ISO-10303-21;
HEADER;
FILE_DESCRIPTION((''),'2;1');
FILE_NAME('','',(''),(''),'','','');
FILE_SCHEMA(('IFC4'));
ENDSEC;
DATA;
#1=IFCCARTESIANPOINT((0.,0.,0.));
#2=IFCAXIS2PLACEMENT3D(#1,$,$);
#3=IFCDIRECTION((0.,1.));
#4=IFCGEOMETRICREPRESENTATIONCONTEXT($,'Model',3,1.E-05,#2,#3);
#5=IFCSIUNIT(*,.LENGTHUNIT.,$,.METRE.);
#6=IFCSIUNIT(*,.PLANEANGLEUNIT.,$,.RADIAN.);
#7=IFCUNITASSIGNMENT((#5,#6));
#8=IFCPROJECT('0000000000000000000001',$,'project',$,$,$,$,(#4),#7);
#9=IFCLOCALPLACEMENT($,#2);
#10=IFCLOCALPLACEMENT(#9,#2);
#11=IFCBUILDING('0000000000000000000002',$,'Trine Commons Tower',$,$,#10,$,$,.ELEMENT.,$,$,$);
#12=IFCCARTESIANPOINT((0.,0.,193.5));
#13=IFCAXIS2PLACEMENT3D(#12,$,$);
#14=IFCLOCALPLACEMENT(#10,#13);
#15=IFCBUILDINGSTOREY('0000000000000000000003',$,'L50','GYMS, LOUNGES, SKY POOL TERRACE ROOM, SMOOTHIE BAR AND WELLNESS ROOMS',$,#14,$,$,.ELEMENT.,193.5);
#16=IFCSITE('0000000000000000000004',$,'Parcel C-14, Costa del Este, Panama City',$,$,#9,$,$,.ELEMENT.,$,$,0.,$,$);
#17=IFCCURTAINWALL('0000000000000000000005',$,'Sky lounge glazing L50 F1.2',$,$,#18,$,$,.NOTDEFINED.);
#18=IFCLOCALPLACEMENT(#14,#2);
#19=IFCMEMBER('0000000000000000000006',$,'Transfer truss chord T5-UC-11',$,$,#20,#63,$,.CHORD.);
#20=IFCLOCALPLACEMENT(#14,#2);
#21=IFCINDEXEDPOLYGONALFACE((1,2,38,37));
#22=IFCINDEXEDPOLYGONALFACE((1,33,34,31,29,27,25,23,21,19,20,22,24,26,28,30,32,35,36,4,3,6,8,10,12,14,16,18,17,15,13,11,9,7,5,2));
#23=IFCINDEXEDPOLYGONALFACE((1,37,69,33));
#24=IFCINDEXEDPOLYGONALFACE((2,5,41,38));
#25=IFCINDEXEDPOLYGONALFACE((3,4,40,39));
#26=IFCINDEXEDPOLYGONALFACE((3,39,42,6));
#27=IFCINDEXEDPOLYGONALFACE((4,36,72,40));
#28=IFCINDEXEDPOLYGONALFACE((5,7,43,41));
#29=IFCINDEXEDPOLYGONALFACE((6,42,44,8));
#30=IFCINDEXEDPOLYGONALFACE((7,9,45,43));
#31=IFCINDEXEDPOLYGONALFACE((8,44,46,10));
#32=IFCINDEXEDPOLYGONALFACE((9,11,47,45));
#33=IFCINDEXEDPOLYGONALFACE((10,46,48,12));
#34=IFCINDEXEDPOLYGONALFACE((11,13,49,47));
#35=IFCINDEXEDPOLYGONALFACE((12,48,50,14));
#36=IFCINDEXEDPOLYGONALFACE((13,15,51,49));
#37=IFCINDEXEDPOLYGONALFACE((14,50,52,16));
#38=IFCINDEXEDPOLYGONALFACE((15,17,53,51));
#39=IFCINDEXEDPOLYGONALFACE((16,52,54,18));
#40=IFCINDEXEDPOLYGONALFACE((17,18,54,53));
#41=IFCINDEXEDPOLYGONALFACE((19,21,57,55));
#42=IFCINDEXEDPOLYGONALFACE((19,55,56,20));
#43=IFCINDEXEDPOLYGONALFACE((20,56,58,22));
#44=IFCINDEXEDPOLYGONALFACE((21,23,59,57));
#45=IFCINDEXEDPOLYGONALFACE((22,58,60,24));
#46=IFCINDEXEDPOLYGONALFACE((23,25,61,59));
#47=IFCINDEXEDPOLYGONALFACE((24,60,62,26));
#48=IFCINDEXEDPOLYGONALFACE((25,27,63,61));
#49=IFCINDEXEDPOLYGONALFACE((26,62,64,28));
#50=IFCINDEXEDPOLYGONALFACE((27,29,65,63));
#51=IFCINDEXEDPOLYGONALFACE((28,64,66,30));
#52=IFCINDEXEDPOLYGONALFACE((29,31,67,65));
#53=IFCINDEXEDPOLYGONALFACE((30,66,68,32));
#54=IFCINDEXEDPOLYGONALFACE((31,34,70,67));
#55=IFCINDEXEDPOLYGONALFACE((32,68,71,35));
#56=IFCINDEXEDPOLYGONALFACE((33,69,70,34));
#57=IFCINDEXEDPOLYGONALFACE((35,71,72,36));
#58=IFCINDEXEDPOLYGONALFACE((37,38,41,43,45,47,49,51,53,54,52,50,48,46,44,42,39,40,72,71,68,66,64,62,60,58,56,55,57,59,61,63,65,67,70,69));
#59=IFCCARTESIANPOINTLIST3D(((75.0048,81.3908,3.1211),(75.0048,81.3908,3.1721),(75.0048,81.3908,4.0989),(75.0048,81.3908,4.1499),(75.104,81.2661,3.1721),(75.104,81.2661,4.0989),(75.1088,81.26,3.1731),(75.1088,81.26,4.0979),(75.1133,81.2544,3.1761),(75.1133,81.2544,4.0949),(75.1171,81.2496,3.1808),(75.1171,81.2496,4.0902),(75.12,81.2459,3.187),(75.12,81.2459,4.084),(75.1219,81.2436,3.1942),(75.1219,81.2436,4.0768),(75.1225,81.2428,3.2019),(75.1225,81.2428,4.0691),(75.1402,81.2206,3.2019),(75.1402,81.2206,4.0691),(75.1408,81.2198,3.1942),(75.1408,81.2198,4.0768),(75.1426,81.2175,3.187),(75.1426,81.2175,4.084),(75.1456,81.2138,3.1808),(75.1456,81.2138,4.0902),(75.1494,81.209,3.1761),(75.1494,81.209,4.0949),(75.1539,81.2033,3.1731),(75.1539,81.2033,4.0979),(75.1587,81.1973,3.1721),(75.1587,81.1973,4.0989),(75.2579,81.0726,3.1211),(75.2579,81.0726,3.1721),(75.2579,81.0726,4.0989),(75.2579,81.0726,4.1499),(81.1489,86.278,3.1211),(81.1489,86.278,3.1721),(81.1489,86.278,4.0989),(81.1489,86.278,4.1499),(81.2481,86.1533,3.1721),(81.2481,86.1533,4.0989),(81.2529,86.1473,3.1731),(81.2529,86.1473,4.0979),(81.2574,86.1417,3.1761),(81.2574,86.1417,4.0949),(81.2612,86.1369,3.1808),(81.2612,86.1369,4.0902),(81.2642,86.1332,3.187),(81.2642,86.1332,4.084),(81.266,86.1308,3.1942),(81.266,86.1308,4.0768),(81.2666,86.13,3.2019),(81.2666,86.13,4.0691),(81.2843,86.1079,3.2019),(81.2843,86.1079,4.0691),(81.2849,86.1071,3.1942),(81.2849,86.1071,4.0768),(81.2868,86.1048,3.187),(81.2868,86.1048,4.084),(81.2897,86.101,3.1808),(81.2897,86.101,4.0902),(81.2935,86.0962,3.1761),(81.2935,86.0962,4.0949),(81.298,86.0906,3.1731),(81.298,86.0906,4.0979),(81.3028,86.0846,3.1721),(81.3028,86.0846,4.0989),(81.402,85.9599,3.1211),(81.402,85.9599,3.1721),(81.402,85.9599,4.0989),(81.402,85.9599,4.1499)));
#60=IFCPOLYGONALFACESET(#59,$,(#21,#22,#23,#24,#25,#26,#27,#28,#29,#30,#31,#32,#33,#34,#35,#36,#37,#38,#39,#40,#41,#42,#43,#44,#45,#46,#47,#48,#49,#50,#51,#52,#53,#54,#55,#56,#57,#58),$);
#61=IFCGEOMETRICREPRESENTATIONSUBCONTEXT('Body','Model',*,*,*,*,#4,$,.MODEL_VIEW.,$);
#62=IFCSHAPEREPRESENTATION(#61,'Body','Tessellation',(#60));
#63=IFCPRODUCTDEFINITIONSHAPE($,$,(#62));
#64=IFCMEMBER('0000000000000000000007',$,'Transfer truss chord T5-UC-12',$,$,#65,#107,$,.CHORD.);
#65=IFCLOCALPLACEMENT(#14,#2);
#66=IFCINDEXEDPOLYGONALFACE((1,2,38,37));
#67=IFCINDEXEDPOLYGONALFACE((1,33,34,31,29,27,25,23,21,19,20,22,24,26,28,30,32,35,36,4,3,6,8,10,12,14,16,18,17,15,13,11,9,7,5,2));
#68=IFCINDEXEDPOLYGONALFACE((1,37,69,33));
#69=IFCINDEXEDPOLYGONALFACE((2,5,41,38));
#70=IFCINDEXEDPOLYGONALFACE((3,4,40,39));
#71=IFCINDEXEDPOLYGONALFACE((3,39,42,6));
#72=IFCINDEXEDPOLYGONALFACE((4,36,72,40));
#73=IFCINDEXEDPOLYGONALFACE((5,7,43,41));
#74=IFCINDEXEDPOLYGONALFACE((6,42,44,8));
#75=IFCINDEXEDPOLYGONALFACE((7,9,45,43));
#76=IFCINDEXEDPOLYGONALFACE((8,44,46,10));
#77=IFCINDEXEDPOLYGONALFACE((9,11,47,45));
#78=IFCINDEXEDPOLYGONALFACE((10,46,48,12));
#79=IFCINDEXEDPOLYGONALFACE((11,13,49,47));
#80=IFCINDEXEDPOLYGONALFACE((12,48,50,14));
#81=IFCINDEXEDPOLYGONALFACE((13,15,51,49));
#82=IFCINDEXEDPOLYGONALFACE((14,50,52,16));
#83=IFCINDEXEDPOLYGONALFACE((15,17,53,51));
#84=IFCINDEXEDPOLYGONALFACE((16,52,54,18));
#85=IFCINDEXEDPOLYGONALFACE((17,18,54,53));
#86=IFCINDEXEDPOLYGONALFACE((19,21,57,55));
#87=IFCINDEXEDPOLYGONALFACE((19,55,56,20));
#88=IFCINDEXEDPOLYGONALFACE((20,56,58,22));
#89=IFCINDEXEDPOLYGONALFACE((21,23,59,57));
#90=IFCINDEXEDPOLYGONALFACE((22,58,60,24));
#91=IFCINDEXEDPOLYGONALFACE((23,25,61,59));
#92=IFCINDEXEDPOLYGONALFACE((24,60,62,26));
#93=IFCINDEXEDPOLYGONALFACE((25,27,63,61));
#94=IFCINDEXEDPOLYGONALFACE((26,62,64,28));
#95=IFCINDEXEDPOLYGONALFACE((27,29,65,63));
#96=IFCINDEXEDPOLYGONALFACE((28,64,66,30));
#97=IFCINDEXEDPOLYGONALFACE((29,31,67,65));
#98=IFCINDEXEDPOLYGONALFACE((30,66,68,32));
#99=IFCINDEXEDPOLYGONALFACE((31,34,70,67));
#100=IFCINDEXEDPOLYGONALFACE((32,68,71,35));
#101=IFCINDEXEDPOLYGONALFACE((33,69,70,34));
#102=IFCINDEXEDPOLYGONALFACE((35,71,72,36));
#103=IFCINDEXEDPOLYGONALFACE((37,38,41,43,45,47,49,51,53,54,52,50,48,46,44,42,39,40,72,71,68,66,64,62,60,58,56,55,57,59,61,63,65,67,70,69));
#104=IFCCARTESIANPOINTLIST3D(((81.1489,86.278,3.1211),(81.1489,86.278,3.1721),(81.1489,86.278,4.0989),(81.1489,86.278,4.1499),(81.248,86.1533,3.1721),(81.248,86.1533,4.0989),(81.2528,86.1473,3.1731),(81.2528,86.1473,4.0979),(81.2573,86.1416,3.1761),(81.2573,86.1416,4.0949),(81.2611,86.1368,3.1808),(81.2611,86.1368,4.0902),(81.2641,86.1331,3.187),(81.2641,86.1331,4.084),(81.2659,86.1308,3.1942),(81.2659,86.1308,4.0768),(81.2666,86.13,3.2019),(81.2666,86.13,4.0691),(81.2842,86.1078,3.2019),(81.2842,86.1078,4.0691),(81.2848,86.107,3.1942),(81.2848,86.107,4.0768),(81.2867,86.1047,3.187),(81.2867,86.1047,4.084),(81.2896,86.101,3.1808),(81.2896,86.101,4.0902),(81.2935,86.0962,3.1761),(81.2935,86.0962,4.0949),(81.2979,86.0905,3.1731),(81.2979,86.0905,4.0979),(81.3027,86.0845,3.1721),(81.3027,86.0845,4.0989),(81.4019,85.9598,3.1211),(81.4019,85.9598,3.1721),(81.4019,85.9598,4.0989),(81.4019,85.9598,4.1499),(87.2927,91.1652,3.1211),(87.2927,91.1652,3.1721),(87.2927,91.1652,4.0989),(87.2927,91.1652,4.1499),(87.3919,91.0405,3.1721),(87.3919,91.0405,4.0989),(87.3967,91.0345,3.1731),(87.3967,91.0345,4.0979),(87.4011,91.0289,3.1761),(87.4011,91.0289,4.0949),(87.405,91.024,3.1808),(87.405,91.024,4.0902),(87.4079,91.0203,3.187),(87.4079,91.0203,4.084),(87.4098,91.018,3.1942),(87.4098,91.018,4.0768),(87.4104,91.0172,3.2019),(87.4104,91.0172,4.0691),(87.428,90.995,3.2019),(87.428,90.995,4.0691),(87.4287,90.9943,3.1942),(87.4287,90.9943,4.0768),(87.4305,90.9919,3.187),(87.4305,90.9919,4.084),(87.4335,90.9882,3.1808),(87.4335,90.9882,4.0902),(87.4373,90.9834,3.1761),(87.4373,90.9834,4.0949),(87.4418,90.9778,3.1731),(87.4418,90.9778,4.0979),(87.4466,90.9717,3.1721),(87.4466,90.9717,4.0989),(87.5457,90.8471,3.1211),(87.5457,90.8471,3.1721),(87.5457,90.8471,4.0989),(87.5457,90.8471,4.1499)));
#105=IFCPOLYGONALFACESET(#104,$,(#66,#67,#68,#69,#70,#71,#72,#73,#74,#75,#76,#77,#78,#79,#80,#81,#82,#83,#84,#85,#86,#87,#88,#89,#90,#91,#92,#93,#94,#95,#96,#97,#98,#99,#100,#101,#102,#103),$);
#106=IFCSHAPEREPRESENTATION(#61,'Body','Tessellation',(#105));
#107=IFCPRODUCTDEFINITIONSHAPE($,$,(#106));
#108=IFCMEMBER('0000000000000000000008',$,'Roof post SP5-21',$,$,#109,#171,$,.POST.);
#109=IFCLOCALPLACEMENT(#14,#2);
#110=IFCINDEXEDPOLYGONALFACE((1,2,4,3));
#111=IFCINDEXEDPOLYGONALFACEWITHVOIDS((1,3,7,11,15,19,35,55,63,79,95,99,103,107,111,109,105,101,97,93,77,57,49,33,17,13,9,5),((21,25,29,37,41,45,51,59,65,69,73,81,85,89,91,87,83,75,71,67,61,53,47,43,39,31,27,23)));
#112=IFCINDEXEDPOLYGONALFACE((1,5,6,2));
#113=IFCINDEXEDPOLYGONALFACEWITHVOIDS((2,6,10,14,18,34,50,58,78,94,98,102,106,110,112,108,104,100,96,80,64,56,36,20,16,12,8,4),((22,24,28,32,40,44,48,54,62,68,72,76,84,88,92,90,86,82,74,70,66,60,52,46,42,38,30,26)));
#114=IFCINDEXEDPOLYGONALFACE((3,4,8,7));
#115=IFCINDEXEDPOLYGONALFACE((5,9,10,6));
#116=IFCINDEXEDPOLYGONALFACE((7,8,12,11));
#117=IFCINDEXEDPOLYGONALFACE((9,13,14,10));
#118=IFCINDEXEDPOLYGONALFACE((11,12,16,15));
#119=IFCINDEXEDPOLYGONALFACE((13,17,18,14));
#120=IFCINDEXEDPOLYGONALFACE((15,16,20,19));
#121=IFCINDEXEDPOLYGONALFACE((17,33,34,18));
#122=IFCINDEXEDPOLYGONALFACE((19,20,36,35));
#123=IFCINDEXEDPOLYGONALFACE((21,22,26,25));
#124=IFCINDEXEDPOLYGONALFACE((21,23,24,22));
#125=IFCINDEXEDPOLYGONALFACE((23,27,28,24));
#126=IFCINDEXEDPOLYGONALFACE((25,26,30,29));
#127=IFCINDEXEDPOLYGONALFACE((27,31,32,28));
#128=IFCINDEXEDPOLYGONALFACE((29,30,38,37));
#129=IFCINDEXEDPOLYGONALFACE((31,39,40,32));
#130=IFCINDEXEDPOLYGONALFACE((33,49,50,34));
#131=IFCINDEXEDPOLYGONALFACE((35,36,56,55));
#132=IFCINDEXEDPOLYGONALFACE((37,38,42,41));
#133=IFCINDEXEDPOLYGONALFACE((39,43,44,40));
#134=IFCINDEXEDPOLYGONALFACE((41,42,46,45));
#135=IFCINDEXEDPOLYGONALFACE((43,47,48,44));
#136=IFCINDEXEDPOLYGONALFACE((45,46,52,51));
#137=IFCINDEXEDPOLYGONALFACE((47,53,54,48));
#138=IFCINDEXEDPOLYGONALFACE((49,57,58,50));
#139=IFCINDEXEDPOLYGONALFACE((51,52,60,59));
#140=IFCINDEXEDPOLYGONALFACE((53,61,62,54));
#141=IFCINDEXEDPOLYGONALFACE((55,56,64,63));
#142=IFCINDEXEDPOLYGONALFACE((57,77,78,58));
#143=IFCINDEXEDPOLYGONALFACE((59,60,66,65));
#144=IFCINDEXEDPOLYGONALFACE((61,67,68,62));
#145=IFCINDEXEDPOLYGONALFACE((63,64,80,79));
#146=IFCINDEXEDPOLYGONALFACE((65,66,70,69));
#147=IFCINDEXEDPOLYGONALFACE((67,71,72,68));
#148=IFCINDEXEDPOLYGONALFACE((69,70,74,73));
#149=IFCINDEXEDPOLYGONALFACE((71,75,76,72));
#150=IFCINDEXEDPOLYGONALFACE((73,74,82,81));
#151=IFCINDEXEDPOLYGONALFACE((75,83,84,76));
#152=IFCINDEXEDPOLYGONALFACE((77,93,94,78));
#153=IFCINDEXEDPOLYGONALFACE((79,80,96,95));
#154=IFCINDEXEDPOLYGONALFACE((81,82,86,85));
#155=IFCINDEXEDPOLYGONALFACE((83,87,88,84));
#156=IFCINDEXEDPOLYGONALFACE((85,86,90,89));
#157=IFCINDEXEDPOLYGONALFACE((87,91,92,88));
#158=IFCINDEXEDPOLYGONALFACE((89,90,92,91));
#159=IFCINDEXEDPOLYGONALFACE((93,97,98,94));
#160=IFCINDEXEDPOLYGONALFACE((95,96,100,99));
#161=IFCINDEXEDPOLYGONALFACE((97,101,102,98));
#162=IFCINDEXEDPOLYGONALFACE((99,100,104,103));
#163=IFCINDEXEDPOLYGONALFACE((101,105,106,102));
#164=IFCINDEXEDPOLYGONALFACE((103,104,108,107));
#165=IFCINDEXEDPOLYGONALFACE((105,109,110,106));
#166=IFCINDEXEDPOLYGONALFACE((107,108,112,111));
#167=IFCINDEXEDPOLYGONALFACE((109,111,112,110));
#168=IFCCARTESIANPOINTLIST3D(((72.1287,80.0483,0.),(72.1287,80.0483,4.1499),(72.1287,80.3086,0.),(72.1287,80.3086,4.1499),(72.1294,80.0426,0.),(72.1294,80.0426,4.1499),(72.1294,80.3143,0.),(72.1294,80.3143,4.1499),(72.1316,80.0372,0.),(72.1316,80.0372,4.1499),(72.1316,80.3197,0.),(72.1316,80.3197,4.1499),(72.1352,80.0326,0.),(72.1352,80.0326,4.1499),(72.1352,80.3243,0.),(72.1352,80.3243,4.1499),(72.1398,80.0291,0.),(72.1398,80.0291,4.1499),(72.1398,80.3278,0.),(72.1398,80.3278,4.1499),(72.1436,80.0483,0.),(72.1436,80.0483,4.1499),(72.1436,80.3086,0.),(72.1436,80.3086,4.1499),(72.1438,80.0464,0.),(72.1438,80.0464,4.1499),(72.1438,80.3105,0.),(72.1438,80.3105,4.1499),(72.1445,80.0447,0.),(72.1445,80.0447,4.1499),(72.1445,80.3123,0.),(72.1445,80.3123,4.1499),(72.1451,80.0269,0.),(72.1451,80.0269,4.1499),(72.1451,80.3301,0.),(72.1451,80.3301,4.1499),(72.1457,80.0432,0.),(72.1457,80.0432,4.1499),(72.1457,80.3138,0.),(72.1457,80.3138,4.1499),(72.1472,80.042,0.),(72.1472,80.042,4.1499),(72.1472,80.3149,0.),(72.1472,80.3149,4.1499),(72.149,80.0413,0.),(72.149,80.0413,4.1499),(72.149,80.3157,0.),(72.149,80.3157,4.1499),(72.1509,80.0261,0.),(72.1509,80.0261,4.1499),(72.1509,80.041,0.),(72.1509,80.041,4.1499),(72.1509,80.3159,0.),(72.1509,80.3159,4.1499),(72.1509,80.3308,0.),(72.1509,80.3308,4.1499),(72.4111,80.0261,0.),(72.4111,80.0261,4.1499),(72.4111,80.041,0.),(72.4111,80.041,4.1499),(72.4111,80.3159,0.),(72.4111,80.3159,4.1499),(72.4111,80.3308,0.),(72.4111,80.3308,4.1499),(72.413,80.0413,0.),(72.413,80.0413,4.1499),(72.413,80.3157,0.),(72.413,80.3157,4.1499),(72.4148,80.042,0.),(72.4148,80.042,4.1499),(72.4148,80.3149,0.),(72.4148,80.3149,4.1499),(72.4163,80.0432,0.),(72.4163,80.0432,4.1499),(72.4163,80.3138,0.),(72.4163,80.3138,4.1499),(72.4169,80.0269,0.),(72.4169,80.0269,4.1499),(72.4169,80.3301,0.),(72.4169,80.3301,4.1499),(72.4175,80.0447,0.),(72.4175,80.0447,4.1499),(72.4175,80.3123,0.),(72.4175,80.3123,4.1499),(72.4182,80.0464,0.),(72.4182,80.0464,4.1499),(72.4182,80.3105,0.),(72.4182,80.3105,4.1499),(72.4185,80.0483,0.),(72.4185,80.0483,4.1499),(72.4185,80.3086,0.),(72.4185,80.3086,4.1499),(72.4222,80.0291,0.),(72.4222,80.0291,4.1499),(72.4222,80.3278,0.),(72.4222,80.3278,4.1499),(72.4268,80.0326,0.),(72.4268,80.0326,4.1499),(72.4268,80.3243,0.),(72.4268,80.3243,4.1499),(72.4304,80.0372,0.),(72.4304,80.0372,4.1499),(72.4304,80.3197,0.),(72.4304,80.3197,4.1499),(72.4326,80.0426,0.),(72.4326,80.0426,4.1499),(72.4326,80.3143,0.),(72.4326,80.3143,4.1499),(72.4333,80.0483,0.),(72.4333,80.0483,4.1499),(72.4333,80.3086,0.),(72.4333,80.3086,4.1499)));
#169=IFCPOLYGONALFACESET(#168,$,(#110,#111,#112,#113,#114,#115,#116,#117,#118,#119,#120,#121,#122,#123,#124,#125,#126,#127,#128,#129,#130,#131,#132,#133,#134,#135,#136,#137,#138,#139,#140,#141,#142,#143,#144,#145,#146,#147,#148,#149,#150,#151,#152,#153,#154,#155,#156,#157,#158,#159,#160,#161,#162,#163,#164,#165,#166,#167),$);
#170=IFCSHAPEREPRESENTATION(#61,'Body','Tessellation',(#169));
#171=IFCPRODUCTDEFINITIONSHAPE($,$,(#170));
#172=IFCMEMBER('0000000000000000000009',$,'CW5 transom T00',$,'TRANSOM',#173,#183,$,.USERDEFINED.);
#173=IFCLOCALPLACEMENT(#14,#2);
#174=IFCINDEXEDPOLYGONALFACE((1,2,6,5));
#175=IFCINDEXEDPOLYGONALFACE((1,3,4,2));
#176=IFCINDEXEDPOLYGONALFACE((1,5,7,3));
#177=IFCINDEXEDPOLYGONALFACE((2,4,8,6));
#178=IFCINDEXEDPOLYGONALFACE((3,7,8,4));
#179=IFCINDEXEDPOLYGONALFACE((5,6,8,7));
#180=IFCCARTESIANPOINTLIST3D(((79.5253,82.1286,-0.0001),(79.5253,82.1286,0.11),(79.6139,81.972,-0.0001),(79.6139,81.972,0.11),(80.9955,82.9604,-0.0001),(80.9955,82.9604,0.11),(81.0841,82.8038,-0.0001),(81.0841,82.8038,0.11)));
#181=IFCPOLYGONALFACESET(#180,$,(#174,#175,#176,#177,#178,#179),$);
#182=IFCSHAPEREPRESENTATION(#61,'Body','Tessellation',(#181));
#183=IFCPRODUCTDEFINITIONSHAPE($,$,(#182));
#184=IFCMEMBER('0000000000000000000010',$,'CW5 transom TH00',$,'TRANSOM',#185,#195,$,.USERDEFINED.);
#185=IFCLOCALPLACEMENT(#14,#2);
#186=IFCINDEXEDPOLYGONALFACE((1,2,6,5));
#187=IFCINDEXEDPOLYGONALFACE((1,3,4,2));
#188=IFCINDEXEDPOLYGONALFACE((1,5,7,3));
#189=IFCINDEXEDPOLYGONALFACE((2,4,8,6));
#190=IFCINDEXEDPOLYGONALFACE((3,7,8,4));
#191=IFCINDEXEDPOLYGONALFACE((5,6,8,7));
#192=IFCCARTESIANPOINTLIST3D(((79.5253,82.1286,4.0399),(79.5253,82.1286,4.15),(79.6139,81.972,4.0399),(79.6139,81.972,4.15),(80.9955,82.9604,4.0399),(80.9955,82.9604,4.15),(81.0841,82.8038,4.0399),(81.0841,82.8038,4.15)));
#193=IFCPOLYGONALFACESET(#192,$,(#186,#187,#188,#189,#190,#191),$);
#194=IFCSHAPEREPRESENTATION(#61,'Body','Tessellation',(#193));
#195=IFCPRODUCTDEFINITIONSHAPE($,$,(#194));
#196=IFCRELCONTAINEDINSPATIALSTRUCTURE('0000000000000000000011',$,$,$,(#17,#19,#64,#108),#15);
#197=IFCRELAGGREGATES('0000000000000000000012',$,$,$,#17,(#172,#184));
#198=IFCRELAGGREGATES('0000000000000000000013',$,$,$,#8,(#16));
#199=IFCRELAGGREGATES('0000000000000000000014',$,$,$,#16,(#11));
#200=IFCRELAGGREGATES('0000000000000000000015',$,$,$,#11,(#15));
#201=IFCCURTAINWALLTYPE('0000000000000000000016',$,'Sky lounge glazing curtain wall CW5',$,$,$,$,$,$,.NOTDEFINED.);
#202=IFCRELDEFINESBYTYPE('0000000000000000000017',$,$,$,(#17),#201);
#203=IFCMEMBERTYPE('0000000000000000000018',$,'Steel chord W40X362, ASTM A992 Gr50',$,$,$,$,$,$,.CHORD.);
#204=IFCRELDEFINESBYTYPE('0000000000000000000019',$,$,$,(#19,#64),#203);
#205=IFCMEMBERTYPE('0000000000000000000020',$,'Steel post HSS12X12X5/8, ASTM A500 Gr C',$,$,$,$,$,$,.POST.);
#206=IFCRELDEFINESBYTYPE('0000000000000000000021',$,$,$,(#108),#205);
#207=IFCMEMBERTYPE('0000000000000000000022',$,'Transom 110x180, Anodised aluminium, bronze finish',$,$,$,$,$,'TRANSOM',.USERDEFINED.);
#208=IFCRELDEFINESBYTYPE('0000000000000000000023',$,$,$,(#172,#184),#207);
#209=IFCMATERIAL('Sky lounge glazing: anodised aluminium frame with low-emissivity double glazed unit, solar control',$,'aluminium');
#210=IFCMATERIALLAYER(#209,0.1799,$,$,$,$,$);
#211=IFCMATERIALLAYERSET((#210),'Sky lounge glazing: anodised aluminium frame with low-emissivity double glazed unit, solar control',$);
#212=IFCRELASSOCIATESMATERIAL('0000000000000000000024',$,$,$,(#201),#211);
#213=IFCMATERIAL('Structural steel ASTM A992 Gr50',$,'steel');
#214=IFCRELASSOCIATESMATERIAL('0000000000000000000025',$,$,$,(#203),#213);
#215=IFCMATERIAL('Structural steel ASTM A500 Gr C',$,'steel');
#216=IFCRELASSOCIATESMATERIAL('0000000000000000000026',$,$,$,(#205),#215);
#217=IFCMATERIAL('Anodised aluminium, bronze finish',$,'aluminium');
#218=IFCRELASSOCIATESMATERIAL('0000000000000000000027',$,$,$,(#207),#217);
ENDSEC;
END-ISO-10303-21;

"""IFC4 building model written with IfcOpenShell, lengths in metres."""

from ifc_helpers import new_model, si_unit, direction, frame, origin, origin_2d, place, context, subcontext, project, spatial, rectangle, hollow_rectangle, i_section, extrude, material, layer, layer_set, material_profile, profile_set, type_object, element, aggregate, save


model = new_model("IFC4")

# Units and contexts
model_context = context("Model", 3, precision=1e-05, world=origin(), true_north=direction((0.0, 1.0)))
body_context = subcontext(model_context, "Body", "Model", "MODEL_VIEW")
ifc_project = project(units=[si_unit("LENGTHUNIT", "METRE"), si_unit("PLANEANGLEUNIT", "RADIAN")], contexts=[model_context])

# Site, building, storey
site_placement = place(None, origin())
site = spatial("IfcSite", under=ifc_project, at=site_placement, Name="Parcel C-14, Costa del Este, Panama City", CompositionType="ELEMENT", RefElevation=0.0)
building_placement = place(site_placement, origin())
building = spatial("IfcBuilding", under=site, at=building_placement, Name="Trine Commons Tower", CompositionType="ELEMENT")
storey_placement = place(building_placement, frame((0.0, 0.0, 193.5)))
storey = spatial("IfcBuildingStorey", under=building, at=storey_placement, Name="L50", Description="GYMS, LOUNGES, SKY POOL TERRACE ROOM, SMOOTHIE BAR AND WELLNESS ROOMS", CompositionType="ELEMENT", Elevation=193.5)

# Curtain wall
ifc_material_1 = material(Name="Sky lounge glazing: anodised aluminium frame with low-emissivity double glazed unit, solar control", Category="aluminium")
ifc_layer_1 = layer(ifc_material_1, 0.1799)
ifc_layer_set_1 = layer_set([ifc_layer_1], Name="Sky lounge glazing: anodised aluminium frame with low-emissivity double glazed unit, solar control")
curtain_wall_type = type_object("IfcCurtainWallType", Name="Sky lounge glazing curtain wall CW5", PredefinedType="NOTDEFINED", material=ifc_layer_set_1)
curtain_wall_placement = place(storey_placement, origin())
curtain_wall = element("IfcCurtainWall", 1, at=curtain_wall_placement, inside=storey, type_object=curtain_wall_type, Name="Sky lounge glazing L50 F1.2", PredefinedType="NOTDEFINED")
ifc_material_2 = material(Name="Anodised aluminium, bronze finish", Category="aluminium")

# Members
ifc_material_3 = material(Name="Structural steel ASTM A992 Gr50", Category="steel")
ifc_material_profile_1 = material_profile(ifc_material_3, i_section(OverallWidth=0.4065, OverallDepth=1.0288, WebThickness=0.0283, FlangeThickness=0.051, FilletRadius=0.0298, at=origin_2d()), Name="W40X362")
ifc_profile_set_1 = profile_set([ifc_material_profile_1], Name="Structural steel ASTM A992 Gr50")
member_type_1 = type_object("IfcMemberType", Name="Steel chord W40X362, ASTM A992 Gr50", PredefinedType="CHORD", material=ifc_profile_set_1)
member_1_placement = place(storey_placement, frame((75.1313, 81.2317, 3.6355), z_axis=(0.782607, 0.622516, 0.0), x_axis=(-0.622516, 0.782607, 0.0)))
element("IfcMember", 2, at=member_1_placement, inside=storey, type_object=member_type_1, Name="Transfer truss chord T5-UC-11", PredefinedType="CHORD", context=body_context, shape_type="SweptSolid", body=[
    extrude(i_section(OverallWidth=0.4065, OverallDepth=1.0288, WebThickness=0.0283, FlangeThickness=0.051, FilletRadius=0.0298, at=origin_2d()), origin(), (0.0, 0.0, 1.0), 7.8508),
])
member_2_placement = place(storey_placement, frame((81.2754, 86.1189, 3.6355), z_axis=(0.782595, 0.622531, 0.0), x_axis=(-0.622531, 0.782595, 0.0)))
element("IfcMember", 3, at=member_2_placement, inside=storey, type_object=member_type_1, Name="Transfer truss chord T5-UC-12", PredefinedType="CHORD", context=body_context, shape_type="SweptSolid", body=[
    extrude(i_section(OverallWidth=0.4065, OverallDepth=1.0288, WebThickness=0.0283, FlangeThickness=0.051, FilletRadius=0.0298, at=origin_2d()), origin(), (0.0, 0.0, 1.0), 7.8506),
])
ifc_material_4 = material(Name="Structural steel ASTM A500 Gr C", Category="steel")
ifc_material_profile_2 = material_profile(ifc_material_4, hollow_rectangle(XDim=0.3047, YDim=0.3047, WallThickness=0.0149, InnerFilletRadius=0.0073, OuterFilletRadius=0.0222, at=origin_2d()), Name="HSS12X12X5/8")
ifc_profile_set_2 = profile_set([ifc_material_profile_2], Name="Structural steel ASTM A500 Gr C")
member_type_2 = type_object("IfcMemberType", Name="Steel post HSS12X12X5/8, ASTM A500 Gr C", PredefinedType="POST", material=ifc_profile_set_2)
member_3_placement = place(storey_placement, frame((72.281, 80.1785, 0.0), z_axis=(0.0, 0.0, 1.0), x_axis=(1.0, 0.0, 0.0)))
element("IfcMember", 4, at=member_3_placement, inside=storey, type_object=member_type_2, Name="Roof post SP5-21", PredefinedType="POST", context=body_context, shape_type="SweptSolid", body=[
    extrude(hollow_rectangle(XDim=0.3047, YDim=0.3047, WallThickness=0.0149, InnerFilletRadius=0.0073, OuterFilletRadius=0.0222, at=origin_2d()), origin(), (0.0, 0.0, 1.0), 4.1499),
])

# Members
ifc_material_profile_3 = material_profile(ifc_material_2, rectangle(XDim=0.1799, YDim=0.1101, at=origin_2d()), Name="Transom 110x180")
ifc_profile_set_3 = profile_set([ifc_material_profile_3], Name="Anodised aluminium, bronze finish")
member_type_3 = type_object("IfcMemberType", Name="Transom 110x180, Anodised aluminium, bronze finish", ElementType="TRANSOM", PredefinedType="USERDEFINED", material=ifc_profile_set_3)
member_4_placement = place(storey_placement, frame((79.5696, 82.0503, 0.0549), z_axis=(0.870361, 0.492414, 0.0), x_axis=(-0.492414, 0.870361, 0.0)))
member_4 = element("IfcMember", 5, at=member_4_placement, type_object=member_type_3, Name="CW5 transom T00", ObjectType="TRANSOM", PredefinedType="USERDEFINED", context=body_context, shape_type="SweptSolid", body=[
    extrude(rectangle(XDim=0.1799, YDim=0.1101, at=origin_2d()), origin(), (0.0, 0.0, 1.0), 1.6892),
])
member_5_placement = place(storey_placement, frame((79.5696, 82.0503, 4.095), z_axis=(0.870361, 0.492414, 0.0), x_axis=(-0.492414, 0.870361, 0.0)))
member_5 = element("IfcMember", 6, at=member_5_placement, type_object=member_type_3, Name="CW5 transom TH00", ObjectType="TRANSOM", PredefinedType="USERDEFINED", context=body_context, shape_type="SweptSolid", body=[
    extrude(rectangle(XDim=0.1799, YDim=0.1101, at=origin_2d()), origin(), (0.0, 0.0, 1.0), 1.6892),
])

aggregate(curtain_wall, [member_4, member_5])

save(model, "model.ifc")
